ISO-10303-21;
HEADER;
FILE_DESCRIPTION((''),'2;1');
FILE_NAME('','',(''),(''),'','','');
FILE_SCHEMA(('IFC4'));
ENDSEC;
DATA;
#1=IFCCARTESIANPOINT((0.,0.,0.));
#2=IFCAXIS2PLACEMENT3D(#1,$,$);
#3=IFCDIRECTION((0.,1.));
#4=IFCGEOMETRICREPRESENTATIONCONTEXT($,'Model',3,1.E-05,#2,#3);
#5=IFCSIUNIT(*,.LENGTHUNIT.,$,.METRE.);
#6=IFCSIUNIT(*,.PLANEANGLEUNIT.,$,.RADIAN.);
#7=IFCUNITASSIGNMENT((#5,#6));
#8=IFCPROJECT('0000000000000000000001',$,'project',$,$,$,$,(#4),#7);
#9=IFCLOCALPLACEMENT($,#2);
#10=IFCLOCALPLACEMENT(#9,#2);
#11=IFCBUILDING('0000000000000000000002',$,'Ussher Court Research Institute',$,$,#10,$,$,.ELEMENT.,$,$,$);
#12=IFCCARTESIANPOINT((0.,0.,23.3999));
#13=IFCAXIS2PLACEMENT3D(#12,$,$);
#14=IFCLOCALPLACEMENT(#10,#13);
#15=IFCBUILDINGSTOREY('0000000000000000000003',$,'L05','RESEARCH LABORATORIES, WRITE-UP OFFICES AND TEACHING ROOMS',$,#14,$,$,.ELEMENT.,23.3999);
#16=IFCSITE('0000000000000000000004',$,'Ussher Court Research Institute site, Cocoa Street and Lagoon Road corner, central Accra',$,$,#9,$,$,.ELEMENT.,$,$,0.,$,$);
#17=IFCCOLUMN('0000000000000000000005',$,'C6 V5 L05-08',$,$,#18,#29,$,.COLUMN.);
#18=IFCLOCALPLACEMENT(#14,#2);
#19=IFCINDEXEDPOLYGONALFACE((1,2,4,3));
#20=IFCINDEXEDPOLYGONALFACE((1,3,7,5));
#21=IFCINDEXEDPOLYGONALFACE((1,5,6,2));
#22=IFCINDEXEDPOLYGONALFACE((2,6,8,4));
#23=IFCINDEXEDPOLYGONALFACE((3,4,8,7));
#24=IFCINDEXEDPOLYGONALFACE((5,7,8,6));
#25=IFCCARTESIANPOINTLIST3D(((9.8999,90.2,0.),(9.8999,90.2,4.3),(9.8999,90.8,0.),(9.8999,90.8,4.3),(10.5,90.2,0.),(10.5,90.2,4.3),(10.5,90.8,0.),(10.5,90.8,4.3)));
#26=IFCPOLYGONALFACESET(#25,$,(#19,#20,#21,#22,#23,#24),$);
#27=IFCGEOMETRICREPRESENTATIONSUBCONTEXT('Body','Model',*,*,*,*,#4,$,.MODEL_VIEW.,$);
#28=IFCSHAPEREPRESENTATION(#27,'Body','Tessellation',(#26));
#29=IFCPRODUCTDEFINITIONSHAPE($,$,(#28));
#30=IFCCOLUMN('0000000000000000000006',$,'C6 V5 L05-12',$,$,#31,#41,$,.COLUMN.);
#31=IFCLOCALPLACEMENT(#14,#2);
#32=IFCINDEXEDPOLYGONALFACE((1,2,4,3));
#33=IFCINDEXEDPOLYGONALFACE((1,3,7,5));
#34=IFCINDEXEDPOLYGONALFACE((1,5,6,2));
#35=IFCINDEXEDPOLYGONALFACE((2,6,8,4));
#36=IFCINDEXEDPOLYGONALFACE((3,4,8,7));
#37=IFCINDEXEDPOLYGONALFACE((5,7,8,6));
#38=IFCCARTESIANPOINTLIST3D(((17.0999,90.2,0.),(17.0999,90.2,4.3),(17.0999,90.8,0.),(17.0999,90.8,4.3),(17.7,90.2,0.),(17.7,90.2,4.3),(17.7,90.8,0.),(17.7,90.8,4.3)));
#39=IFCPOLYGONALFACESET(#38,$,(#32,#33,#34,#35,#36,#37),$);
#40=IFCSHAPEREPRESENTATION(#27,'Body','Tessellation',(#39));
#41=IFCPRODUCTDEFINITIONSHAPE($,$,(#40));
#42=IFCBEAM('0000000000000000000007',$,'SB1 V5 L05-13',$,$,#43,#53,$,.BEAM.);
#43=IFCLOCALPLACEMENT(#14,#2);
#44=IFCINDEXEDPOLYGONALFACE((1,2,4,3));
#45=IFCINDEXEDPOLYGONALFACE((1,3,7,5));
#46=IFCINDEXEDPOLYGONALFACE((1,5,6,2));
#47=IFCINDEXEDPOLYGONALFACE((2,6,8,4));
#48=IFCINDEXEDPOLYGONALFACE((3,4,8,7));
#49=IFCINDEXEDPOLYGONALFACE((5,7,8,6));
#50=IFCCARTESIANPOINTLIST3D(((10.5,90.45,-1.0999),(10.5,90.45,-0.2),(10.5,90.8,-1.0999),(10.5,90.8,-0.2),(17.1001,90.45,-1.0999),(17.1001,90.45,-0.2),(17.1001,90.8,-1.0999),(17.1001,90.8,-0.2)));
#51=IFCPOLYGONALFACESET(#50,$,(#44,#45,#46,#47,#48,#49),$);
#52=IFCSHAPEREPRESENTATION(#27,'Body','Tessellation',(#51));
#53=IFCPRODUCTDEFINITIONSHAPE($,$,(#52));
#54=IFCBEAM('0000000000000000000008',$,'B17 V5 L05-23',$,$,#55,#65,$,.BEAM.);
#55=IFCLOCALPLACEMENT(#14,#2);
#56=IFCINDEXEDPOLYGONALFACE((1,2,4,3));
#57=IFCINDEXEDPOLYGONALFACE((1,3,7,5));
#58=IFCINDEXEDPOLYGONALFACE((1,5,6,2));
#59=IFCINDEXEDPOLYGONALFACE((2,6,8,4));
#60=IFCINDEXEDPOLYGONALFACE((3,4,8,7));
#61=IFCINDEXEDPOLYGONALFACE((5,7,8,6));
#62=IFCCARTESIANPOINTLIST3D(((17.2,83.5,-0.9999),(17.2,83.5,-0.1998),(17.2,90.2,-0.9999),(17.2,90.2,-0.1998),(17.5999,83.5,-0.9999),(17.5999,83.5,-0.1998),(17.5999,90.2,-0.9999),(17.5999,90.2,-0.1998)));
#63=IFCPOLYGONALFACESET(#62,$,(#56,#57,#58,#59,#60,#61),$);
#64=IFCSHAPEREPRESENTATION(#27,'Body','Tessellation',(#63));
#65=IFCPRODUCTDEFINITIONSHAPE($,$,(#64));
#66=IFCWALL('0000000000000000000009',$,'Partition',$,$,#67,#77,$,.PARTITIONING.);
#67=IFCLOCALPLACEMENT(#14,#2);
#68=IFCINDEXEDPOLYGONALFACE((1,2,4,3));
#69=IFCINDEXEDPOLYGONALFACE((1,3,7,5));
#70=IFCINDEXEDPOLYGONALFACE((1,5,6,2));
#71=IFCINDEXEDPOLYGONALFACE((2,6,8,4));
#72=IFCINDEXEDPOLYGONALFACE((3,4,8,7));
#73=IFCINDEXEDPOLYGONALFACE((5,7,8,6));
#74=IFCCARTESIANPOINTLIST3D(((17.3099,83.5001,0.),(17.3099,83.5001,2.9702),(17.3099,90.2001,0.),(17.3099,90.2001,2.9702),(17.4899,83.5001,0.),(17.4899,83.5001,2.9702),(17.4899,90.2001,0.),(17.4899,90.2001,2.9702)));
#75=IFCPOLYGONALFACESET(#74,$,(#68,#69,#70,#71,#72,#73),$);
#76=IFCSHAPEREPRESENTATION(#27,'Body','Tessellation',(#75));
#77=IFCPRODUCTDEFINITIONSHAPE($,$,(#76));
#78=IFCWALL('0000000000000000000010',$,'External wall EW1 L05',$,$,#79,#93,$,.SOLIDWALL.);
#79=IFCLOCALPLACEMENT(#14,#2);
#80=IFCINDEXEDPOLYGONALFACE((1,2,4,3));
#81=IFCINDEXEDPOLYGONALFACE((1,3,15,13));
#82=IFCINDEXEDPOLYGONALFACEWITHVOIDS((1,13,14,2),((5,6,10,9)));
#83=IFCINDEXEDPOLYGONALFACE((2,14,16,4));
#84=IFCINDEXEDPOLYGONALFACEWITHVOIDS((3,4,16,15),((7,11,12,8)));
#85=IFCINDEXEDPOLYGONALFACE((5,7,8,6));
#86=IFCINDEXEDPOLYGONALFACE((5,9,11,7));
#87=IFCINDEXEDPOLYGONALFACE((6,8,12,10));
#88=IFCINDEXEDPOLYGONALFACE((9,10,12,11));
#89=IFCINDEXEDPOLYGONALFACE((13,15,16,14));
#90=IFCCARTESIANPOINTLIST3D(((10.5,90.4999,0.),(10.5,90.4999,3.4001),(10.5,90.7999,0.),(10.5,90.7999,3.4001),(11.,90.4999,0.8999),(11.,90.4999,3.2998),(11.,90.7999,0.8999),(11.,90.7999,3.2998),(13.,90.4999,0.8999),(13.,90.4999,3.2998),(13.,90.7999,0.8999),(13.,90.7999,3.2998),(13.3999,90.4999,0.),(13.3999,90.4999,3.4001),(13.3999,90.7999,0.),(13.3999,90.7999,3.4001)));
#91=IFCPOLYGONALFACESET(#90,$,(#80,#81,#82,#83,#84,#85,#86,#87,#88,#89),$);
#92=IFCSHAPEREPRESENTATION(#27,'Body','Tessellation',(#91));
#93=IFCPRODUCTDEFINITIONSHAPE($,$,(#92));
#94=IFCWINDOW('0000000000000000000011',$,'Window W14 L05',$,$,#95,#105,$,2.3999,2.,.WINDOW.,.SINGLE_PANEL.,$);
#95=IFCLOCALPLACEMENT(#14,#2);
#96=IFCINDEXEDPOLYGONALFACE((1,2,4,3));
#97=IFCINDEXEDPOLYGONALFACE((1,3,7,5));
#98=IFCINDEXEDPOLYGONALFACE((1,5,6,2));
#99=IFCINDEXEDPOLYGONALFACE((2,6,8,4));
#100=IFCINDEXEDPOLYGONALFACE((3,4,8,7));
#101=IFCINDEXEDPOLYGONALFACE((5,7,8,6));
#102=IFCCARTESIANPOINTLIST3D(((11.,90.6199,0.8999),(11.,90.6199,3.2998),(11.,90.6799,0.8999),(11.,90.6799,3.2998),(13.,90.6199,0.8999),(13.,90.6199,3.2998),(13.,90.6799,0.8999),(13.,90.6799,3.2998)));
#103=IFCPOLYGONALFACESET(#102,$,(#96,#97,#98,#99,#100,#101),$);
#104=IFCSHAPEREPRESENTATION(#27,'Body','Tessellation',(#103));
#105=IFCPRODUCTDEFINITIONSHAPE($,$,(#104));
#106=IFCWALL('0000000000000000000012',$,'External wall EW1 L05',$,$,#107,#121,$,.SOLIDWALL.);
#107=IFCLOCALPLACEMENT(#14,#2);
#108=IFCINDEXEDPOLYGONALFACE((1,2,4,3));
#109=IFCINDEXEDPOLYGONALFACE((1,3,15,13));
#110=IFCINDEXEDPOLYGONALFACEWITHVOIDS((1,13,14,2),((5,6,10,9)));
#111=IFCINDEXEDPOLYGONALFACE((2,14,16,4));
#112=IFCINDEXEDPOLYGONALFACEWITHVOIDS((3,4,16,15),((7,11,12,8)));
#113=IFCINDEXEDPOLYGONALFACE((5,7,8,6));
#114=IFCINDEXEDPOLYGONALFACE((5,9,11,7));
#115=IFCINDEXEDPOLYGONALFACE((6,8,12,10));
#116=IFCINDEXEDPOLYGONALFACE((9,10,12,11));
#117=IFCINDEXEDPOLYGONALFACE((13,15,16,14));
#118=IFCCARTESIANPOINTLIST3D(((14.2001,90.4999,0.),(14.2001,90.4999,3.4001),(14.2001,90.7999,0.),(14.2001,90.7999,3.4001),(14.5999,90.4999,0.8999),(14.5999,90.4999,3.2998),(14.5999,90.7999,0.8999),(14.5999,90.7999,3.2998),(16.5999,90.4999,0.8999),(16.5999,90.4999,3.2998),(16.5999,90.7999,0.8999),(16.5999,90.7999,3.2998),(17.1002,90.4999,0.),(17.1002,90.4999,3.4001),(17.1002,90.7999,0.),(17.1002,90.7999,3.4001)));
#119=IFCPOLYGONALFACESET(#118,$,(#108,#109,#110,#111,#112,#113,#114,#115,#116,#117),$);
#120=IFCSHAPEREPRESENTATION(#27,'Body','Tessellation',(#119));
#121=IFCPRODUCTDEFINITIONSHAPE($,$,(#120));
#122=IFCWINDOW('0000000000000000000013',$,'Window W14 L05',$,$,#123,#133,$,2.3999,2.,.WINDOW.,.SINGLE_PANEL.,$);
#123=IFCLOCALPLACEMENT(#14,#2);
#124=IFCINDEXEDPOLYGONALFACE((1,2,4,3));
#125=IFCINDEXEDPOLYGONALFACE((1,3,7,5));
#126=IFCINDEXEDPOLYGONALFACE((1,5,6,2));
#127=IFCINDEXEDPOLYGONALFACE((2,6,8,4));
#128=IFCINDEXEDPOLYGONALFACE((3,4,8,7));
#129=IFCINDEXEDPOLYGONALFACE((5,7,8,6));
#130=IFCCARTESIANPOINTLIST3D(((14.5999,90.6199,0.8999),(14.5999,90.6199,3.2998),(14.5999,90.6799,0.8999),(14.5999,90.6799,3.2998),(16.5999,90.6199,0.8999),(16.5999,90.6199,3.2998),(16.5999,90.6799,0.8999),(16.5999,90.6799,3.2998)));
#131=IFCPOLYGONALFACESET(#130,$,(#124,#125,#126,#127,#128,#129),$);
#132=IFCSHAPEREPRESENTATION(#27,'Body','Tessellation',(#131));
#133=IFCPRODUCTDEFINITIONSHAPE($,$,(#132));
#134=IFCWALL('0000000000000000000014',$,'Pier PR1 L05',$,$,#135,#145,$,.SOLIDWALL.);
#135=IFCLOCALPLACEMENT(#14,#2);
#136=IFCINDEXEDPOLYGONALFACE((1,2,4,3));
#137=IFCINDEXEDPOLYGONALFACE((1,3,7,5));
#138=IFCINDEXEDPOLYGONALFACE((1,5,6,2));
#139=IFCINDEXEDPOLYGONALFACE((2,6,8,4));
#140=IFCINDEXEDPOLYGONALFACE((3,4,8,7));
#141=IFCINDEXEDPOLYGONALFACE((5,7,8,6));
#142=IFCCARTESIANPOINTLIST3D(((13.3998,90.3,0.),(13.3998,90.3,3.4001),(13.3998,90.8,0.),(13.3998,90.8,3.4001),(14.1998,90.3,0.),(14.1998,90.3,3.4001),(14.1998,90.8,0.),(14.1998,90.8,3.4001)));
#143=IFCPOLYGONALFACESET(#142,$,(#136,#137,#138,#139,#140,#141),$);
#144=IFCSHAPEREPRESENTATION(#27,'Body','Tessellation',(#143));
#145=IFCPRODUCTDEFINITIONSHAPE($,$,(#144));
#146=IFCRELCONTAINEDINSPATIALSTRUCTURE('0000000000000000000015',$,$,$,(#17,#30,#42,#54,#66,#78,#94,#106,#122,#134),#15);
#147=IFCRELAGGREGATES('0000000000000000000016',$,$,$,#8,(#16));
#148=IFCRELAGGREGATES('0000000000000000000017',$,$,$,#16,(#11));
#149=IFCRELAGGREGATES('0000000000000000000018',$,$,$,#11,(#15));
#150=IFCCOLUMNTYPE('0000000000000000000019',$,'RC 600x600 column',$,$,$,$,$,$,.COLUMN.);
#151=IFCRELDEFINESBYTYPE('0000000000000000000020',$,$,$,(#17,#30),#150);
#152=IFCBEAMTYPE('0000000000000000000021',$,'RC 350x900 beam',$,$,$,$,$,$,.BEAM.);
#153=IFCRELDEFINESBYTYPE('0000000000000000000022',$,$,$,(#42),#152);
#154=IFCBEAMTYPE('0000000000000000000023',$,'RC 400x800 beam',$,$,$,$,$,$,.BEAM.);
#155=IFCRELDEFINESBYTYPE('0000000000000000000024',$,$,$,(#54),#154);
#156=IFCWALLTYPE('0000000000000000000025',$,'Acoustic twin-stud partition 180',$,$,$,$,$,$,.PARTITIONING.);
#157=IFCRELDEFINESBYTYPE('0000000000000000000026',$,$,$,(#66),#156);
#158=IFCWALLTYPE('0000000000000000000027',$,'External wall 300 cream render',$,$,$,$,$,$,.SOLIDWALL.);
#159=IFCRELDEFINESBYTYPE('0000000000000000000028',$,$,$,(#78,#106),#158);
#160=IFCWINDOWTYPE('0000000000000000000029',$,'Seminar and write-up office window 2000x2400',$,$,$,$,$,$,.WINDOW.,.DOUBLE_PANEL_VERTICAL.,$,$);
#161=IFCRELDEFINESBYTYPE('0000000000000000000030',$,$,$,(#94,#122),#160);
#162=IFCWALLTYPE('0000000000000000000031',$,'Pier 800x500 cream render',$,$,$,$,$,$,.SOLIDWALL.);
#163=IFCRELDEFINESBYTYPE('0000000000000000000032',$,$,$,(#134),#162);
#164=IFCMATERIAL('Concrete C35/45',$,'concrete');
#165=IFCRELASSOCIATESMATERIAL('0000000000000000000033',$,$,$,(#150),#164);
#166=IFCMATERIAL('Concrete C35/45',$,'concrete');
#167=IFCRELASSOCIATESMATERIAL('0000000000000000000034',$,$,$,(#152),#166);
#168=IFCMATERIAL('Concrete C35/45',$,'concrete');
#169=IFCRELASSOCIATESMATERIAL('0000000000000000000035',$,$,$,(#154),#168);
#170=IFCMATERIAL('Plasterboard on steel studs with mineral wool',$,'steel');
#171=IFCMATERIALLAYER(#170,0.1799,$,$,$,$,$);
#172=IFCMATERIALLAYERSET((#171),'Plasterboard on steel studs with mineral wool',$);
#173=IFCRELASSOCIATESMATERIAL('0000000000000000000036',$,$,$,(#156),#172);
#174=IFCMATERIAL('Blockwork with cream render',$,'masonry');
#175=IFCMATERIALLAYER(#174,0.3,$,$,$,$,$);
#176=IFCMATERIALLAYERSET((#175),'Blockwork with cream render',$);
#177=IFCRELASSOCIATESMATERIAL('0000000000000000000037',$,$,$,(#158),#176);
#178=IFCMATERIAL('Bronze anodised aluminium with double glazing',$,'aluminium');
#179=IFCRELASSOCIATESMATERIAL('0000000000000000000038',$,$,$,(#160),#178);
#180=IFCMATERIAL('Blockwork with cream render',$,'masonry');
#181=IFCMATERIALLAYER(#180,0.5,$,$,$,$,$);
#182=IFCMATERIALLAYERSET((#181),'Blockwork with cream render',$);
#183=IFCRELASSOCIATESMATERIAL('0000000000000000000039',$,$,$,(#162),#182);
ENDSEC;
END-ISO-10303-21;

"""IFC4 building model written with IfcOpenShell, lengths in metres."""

from ifc_helpers import new_model, si_unit, direction, frame, frame_2d, origin, origin_2d, place, context, subcontext, project, spatial, rectangle, extrude, material, layer, layer_set, material_profile, profile_set, type_object, element, fill, save


model = new_model("IFC4")

# Units and contexts
model_context = context("Model", 3, precision=1e-05, world=origin(), true_north=direction((0.0, 1.0)))
body_context = subcontext(model_context, "Body", "Model", "MODEL_VIEW")
ifc_project = project(units=[si_unit("LENGTHUNIT", "METRE"), si_unit("PLANEANGLEUNIT", "RADIAN")], contexts=[model_context])

# Site, building, storey
site_placement = place(None, origin())
site = spatial("IfcSite", under=ifc_project, at=site_placement, Name="Ussher Court Research Institute site, Cocoa Street and Lagoon Road corner, central Accra", CompositionType="ELEMENT", RefElevation=0.0)
building_placement = place(site_placement, origin())
building = spatial("IfcBuilding", under=site, at=building_placement, Name="Ussher Court Research Institute", CompositionType="ELEMENT")
storey_placement = place(building_placement, frame((0.0, 0.0, 23.3999)))
storey = spatial("IfcBuildingStorey", under=building, at=storey_placement, Name="L05", Description="RESEARCH LABORATORIES, WRITE-UP OFFICES AND TEACHING ROOMS", CompositionType="ELEMENT", Elevation=23.3999)

# Columns
ifc_material_1 = material(Name="Concrete C35/45", Category="concrete")
ifc_material_profile_1 = material_profile(ifc_material_1, rectangle(XDim=0.6001, YDim=0.6001, at=origin_2d()), Name="RC 600x600")
ifc_profile_set_1 = profile_set([ifc_material_profile_1], Name="Concrete C35/45")
column_type = type_object("IfcColumnType", Name="RC 600x600 column", PredefinedType="COLUMN", material=ifc_profile_set_1)
for number, where, z_axis, x_axis, name in (
    (1, (10.2, 90.5, 0.0), (0.0, 0.0, 1.0), (1.0, 0.0, 0.0), "C6 V5 L05-08"),
    (2, (17.3999, 90.5, 0.0), (0.0, 0.0, 1.0), (1.0, 0.0, 0.0), "C6 V5 L05-12"),
):
    element("IfcColumn", number, at=place(storey_placement, frame(where, z_axis=z_axis, x_axis=x_axis)), inside=storey, type_object=column_type, Name=name, PredefinedType="COLUMN", context=body_context, shape_type="SweptSolid", body=[
        extrude(rectangle(XDim=0.6001, YDim=0.6001, at=origin_2d()), origin(), (0.0, 0.0, 1.0), 4.3),
    ])

# Beams
ifc_material_2 = material(Name="Concrete C35/45", Category="concrete")
ifc_material_profile_2 = material_profile(ifc_material_2, rectangle(XDim=0.3501, YDim=0.8999, at=origin_2d()), Name="RC 350x900")
ifc_profile_set_2 = profile_set([ifc_material_profile_2], Name="Concrete C35/45")
beam_type_1 = type_object("IfcBeamType", Name="RC 350x900 beam", PredefinedType="BEAM", material=ifc_profile_set_2)
beam_1_placement = place(storey_placement, frame((10.5, 90.625, -0.6499), z_axis=(1.0, 0.0, 0.0), x_axis=(0.0, 1.0, 0.0)))
element("IfcBeam", 3, at=beam_1_placement, inside=storey, type_object=beam_type_1, Name="SB1 V5 L05-13", PredefinedType="BEAM", context=body_context, shape_type="SweptSolid", body=[
    extrude(rectangle(XDim=0.3501, YDim=0.8999, at=origin_2d()), origin(), (0.0, 0.0, 1.0), 6.6001),
])
ifc_material_3 = material(Name="Concrete C35/45", Category="concrete")
ifc_material_profile_3 = material_profile(ifc_material_3, rectangle(XDim=0.3999, YDim=0.8, at=origin_2d()), Name="RC 400x800")
ifc_profile_set_3 = profile_set([ifc_material_profile_3], Name="Concrete C35/45")
beam_type_2 = type_object("IfcBeamType", Name="RC 400x800 beam", PredefinedType="BEAM", material=ifc_profile_set_3)
beam_2_placement = place(storey_placement, frame((17.3999, 83.5, -0.5999), z_axis=(0.0, 1.0, 0.0), x_axis=(-1.0, 0.0, 0.0)))
element("IfcBeam", 4, at=beam_2_placement, inside=storey, type_object=beam_type_2, Name="B17 V5 L05-23", PredefinedType="BEAM", context=body_context, shape_type="SweptSolid", body=[
    extrude(rectangle(XDim=0.3999, YDim=0.8, at=origin_2d()), origin(), (0.0, 0.0, 1.0), 6.7),
])

# Wall
ifc_material_4 = material(Name="Plasterboard on steel studs with mineral wool", Category="steel")
ifc_layer_1 = layer(ifc_material_4, 0.1799)
ifc_layer_set_1 = layer_set([ifc_layer_1], Name="Plasterboard on steel studs with mineral wool")
wall_type_1 = type_object("IfcWallType", Name="Acoustic twin-stud partition 180", PredefinedType="PARTITIONING", material=ifc_layer_set_1)
wall_1_placement = place(storey_placement, frame((17.3999, 83.5, 0.0), z_axis=(0.0, 0.0, 1.0), x_axis=(0.0, 1.0, 0.0)))
element("IfcWall", 5, at=wall_1_placement, inside=storey, type_object=wall_type_1, Name="Partition", PredefinedType="PARTITIONING", context=body_context, shape_type="SweptSolid", body=[
    extrude(rectangle(XDim=6.7, YDim=0.1799, at=frame_2d((3.3501, 0.0))), origin(), (0.0, 0.0, 1.0), 2.9702),
])

# Walls, openings, windows
ifc_material_5 = material(Name="Blockwork with cream render", Category="masonry")
ifc_layer_2 = layer(ifc_material_5, 0.3)
ifc_layer_set_2 = layer_set([ifc_layer_2], Name="Blockwork with cream render")
wall_type_2 = type_object("IfcWallType", Name="External wall 300 cream render", PredefinedType="SOLIDWALL", material=ifc_layer_set_2)
wall_2_placement = place(storey_placement, frame((10.5, 90.6499, 0.0), z_axis=(0.0, 0.0, 1.0), x_axis=(1.0, 0.0, 0.0)))
wall_2 = element("IfcWall", 6, at=wall_2_placement, inside=storey, type_object=wall_type_2, Name="External wall EW1 L05", PredefinedType="SOLIDWALL", context=body_context, shape_type="SweptSolid", body=[
    extrude(rectangle(XDim=2.8999, YDim=0.3, at=frame_2d((1.45, 0.0))), origin(), (0.0, 0.0, 1.0), 3.4001),
])
opening_1_placement = place(wall_2_placement, frame((0.5, 0.0, 0.8999)))
opening_1 = element("IfcOpeningElement", 7, at=opening_1_placement, cuts=wall_2, PredefinedType="OPENING", context=body_context, shape_type="SweptSolid", body=[
    extrude(rectangle(XDim=2.0, YDim=2.3999, at=frame_2d((1.0, 1.2))), frame((0.0, 0.1602, 0.0), z_axis=(0.0, -1.0, 0.0), x_axis=(1.0, 0.0, 0.0)), (0.0, 0.0, 1.0), 0.3201),
])
ifc_material_6 = material(Name="Bronze anodised aluminium with double glazing", Category="aluminium")
window_type = type_object("IfcWindowType", Name="Seminar and write-up office window 2000x2400", PartitioningType="DOUBLE_PANEL_VERTICAL", PredefinedType="WINDOW", material=ifc_material_6)
window_1_placement = place(opening_1_placement, origin())
window_1 = element("IfcWindow", 8, at=window_1_placement, inside=storey, type_object=window_type, Name="Window W14 L05", OverallHeight=2.3999, OverallWidth=2.0, PartitioningType="SINGLE_PANEL", PredefinedType="WINDOW", context=body_context, shape_type="SweptSolid", body=[
    extrude(rectangle(XDim=2.0, YDim=2.3999, at=frame_2d((1.0, 1.2))), frame((0.0, 0.03, 0.0), z_axis=(0.0, -1.0, 0.0), x_axis=(1.0, 0.0, 0.0)), (0.0, 0.0, 1.0), 0.0601),
])
fill(opening_1, window_1)
wall_3_placement = place(storey_placement, frame((14.2, 90.6499, 0.0), z_axis=(0.0, 0.0, 1.0), x_axis=(1.0, 0.0, 0.0)))
wall_3 = element("IfcWall", 9, at=wall_3_placement, inside=storey, type_object=wall_type_2, Name="External wall EW1 L05", PredefinedType="SOLIDWALL", context=body_context, shape_type="SweptSolid", body=[
    extrude(rectangle(XDim=2.9001, YDim=0.3, at=frame_2d((1.4502, 0.0))), origin(), (0.0, 0.0, 1.0), 3.4001),
])
opening_2_placement = place(wall_3_placement, frame((0.3999, 0.0, 0.8999)))
opening_2 = element("IfcOpeningElement", 10, at=opening_2_placement, cuts=wall_3, PredefinedType="OPENING", context=body_context, shape_type="SweptSolid", body=[
    extrude(rectangle(XDim=2.0, YDim=2.3999, at=frame_2d((1.0, 1.2))), frame((0.0, 0.1602, 0.0), z_axis=(0.0, -1.0, 0.0), x_axis=(1.0, 0.0, 0.0)), (0.0, 0.0, 1.0), 0.3201),
])
window_2_placement = place(opening_2_placement, origin())
window_2 = element("IfcWindow", 11, at=window_2_placement, inside=storey, type_object=window_type, Name="Window W14 L05", OverallHeight=2.3999, OverallWidth=2.0, PartitioningType="SINGLE_PANEL", PredefinedType="WINDOW", context=body_context, shape_type="SweptSolid", body=[
    extrude(rectangle(XDim=2.0, YDim=2.3999, at=frame_2d((1.0, 1.2))), frame((0.0, 0.03, 0.0), z_axis=(0.0, -1.0, 0.0), x_axis=(1.0, 0.0, 0.0)), (0.0, 0.0, 1.0), 0.0601),
])
fill(opening_2, window_2)

# Wall
ifc_material_7 = material(Name="Blockwork with cream render", Category="masonry")
ifc_layer_3 = layer(ifc_material_7, 0.5)
ifc_layer_set_3 = layer_set([ifc_layer_3], Name="Blockwork with cream render")
wall_type_3 = type_object("IfcWallType", Name="Pier 800x500 cream render", PredefinedType="SOLIDWALL", material=ifc_layer_set_3)
wall_4_placement = place(storey_placement, frame((13.3999, 90.55, 0.0), z_axis=(0.0, 0.0, 1.0), x_axis=(1.0, 0.0, 0.0)))
element("IfcWall", 12, at=wall_4_placement, inside=storey, type_object=wall_type_3, Name="Pier PR1 L05", PredefinedType="SOLIDWALL", context=body_context, shape_type="SweptSolid", body=[
    extrude(rectangle(XDim=0.8, YDim=0.5, at=frame_2d((0.3999, 0.0))), origin(), (0.0, 0.0, 1.0), 3.4001),
])

save(model, "model.ifc")
